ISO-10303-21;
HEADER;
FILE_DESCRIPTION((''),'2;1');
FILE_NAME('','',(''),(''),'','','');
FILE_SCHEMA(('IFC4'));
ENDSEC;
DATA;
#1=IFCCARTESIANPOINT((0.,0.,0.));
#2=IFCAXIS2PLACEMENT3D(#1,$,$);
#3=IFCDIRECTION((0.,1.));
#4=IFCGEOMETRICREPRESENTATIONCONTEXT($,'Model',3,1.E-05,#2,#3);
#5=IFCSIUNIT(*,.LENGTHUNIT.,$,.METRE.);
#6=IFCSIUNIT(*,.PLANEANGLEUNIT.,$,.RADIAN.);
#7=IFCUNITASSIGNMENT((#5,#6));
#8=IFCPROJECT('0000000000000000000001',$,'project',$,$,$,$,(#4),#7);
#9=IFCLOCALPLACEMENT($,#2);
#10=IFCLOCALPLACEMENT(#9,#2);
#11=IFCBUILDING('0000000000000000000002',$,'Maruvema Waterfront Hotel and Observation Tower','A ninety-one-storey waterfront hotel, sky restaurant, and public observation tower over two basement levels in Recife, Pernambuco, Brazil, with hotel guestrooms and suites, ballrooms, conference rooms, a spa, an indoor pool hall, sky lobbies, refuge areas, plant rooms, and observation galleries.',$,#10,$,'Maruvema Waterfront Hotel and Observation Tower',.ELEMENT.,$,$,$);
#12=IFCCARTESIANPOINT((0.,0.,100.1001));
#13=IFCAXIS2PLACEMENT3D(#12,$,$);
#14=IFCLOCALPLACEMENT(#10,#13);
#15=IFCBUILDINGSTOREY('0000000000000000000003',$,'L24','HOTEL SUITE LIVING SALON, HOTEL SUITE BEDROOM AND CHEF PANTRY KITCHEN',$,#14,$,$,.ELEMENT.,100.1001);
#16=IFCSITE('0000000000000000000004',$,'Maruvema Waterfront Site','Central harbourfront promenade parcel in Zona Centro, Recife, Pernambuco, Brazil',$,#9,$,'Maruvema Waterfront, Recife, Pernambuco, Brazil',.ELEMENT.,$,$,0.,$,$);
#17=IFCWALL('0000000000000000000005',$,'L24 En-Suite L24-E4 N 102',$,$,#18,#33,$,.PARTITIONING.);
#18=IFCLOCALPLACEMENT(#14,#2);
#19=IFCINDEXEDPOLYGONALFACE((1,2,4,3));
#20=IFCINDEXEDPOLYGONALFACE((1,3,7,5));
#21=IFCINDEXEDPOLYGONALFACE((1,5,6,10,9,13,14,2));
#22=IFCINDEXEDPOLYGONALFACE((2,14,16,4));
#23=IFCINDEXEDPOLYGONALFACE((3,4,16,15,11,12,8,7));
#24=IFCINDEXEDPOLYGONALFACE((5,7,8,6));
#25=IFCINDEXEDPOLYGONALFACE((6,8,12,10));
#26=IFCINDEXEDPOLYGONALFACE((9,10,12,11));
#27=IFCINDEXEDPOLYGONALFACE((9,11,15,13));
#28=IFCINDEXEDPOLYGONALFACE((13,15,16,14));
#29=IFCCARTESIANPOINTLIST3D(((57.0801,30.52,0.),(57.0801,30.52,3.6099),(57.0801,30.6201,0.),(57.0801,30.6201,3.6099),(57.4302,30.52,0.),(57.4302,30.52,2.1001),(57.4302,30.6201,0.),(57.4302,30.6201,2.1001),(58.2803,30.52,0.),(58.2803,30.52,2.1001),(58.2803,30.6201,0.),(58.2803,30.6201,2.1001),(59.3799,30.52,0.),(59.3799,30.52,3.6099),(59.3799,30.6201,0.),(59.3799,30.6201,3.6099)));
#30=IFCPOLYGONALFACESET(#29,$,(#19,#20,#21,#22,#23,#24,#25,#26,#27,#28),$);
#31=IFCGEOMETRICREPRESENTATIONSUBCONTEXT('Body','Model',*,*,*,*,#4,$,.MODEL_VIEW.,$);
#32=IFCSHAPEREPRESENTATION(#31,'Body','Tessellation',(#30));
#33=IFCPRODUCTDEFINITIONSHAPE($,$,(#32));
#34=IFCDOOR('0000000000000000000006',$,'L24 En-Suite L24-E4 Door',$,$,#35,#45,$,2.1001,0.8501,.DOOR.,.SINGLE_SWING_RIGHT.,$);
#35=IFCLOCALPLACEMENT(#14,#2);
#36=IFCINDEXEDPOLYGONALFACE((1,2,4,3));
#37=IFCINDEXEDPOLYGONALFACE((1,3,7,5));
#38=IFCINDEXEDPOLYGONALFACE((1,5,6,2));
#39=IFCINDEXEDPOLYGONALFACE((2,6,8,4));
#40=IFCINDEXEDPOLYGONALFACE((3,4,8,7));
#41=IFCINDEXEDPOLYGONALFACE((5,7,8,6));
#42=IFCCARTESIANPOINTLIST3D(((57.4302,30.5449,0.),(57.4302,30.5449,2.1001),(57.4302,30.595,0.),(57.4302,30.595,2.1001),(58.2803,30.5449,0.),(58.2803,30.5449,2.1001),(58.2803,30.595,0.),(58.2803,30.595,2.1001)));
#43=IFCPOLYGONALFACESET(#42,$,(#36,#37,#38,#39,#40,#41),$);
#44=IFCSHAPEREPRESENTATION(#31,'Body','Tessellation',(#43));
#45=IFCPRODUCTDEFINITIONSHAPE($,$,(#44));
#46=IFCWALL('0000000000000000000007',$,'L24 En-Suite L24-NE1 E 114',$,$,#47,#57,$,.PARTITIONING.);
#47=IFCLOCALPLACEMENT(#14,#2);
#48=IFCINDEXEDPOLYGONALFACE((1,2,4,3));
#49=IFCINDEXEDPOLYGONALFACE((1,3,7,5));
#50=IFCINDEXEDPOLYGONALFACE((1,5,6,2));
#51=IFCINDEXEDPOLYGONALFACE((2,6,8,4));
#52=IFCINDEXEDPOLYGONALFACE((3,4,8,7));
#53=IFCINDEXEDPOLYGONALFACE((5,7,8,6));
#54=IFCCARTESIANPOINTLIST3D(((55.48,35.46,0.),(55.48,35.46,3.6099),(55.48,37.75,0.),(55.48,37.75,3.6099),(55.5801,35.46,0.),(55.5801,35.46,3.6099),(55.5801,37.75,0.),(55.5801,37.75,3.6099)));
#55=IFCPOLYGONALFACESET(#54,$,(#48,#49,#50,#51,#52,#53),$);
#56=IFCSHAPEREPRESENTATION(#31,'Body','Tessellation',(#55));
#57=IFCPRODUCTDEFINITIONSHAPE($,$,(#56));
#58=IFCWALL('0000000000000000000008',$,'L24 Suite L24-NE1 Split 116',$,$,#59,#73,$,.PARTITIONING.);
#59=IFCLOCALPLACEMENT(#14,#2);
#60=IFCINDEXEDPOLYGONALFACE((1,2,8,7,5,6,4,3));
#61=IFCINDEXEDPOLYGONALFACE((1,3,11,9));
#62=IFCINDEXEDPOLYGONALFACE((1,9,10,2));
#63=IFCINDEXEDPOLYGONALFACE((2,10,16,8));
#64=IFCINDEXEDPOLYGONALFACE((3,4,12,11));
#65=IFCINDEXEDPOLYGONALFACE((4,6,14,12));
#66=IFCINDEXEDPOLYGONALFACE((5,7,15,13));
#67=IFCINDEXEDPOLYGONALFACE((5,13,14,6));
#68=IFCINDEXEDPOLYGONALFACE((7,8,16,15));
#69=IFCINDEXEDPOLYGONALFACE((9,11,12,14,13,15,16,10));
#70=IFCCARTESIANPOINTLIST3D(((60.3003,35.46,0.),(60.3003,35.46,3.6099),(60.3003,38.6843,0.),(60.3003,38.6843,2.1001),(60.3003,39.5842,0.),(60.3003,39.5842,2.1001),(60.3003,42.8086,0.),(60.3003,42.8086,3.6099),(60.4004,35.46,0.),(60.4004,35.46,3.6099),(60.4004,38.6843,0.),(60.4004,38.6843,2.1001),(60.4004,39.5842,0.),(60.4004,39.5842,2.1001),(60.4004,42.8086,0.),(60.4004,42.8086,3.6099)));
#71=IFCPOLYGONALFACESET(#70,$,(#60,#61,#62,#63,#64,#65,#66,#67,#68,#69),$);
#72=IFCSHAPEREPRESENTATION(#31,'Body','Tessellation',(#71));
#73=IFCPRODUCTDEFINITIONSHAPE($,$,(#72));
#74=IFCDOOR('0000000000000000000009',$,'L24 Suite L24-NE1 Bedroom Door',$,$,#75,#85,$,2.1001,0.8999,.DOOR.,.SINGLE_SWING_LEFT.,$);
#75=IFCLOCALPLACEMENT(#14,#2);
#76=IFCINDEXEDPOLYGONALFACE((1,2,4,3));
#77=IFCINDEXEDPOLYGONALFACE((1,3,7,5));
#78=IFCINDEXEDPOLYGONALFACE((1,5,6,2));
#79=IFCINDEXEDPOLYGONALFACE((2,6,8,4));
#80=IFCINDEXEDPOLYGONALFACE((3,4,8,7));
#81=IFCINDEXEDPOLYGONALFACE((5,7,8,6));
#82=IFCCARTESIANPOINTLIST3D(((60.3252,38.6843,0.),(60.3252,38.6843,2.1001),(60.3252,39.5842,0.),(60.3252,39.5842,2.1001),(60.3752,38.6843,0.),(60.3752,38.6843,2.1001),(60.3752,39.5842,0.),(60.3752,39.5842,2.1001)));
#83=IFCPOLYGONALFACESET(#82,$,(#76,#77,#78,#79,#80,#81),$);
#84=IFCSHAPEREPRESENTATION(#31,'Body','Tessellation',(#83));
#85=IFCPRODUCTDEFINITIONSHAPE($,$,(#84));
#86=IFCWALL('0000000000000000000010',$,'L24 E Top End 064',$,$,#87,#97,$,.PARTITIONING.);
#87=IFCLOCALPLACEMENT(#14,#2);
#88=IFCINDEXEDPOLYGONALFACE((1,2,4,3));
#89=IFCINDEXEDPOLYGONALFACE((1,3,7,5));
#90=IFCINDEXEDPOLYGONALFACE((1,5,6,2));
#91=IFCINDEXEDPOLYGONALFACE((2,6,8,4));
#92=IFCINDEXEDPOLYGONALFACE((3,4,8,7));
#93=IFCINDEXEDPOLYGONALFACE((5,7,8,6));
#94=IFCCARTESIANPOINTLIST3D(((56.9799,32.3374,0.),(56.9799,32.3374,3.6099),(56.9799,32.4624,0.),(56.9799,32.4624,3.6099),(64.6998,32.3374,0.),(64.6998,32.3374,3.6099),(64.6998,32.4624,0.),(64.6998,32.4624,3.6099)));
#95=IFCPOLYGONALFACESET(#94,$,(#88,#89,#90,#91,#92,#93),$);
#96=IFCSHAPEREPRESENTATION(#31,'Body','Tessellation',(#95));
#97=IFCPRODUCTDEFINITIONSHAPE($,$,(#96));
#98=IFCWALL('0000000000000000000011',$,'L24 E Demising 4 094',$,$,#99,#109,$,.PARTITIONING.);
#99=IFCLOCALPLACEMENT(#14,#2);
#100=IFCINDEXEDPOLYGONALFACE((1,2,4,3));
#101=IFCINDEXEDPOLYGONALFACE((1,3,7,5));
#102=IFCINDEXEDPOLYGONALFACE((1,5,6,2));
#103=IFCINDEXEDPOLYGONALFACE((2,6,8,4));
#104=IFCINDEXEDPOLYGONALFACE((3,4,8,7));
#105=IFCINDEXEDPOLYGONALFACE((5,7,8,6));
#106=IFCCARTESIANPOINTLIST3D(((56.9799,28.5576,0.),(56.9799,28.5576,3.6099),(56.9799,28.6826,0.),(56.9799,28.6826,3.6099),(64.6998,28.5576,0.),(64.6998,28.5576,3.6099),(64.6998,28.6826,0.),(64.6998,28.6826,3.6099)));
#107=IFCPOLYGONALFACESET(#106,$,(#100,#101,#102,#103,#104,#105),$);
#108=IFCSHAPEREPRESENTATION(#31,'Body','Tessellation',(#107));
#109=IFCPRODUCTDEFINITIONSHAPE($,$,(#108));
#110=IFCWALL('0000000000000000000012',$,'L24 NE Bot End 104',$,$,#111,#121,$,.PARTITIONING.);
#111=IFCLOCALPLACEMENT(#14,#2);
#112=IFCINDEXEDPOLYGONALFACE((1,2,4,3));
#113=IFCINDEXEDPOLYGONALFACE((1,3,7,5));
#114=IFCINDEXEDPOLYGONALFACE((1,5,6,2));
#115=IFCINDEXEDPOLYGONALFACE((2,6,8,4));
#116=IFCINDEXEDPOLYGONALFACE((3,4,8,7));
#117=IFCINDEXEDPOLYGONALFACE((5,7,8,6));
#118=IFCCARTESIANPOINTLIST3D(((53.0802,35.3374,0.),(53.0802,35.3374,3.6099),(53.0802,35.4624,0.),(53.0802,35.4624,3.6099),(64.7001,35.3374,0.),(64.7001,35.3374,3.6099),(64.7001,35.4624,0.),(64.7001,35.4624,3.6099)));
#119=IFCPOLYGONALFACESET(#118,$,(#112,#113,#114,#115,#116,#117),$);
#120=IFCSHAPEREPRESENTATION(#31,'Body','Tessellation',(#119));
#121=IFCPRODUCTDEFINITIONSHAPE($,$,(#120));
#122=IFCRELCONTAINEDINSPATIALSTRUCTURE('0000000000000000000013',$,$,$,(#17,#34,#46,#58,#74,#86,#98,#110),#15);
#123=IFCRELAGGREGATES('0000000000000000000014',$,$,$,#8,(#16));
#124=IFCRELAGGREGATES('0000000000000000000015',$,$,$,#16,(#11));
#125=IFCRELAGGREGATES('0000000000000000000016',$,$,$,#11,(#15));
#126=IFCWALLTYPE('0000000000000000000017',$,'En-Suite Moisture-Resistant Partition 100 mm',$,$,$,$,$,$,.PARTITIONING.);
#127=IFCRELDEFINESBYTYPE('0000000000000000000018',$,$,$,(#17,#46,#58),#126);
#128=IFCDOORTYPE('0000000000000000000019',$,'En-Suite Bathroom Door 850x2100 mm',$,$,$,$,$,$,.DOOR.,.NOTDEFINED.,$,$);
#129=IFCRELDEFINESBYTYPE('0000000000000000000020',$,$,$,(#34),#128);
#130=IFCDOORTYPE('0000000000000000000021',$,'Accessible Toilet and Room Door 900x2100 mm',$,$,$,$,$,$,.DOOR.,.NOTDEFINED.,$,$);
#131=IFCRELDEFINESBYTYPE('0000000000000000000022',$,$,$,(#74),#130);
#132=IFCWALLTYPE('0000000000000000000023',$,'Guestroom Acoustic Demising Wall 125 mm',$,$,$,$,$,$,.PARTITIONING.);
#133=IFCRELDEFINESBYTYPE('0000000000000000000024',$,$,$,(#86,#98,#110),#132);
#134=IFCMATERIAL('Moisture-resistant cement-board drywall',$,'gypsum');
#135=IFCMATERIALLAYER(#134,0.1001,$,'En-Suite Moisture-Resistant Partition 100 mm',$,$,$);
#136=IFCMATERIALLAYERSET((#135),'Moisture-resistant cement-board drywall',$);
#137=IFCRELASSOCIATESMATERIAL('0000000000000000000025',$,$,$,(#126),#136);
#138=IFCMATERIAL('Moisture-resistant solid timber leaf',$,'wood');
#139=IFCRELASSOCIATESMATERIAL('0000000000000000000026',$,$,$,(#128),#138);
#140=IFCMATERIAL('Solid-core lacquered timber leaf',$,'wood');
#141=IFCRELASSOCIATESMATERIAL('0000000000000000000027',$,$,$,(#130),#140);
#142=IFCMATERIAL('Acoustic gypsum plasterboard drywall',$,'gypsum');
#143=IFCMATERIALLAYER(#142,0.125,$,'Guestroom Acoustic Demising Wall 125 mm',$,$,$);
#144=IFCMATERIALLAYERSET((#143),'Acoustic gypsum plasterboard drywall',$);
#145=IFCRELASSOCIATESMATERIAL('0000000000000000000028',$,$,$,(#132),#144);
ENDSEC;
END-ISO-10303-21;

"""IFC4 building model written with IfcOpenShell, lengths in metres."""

from ifc_helpers import new_model, si_unit, direction, frame, frame_2d, origin, place, context, subcontext, project, spatial, rectangle, extrude, material, layer, layer_set, type_object, element, fill, save


model = new_model("IFC4")

# Units and contexts
model_context = context("Model", 3, precision=1e-05, world=origin(), true_north=direction((0.0, 1.0)))
body_context = subcontext(model_context, "Body", "Model", "MODEL_VIEW")
ifc_project = project(units=[si_unit("LENGTHUNIT", "METRE"), si_unit("PLANEANGLEUNIT", "RADIAN")], contexts=[model_context])

# Site, building, storey
site_placement = place(None, origin())
site = spatial("IfcSite", under=ifc_project, at=site_placement, Name="Maruvema Waterfront Site", Description="Central harbourfront promenade parcel in Zona Centro, Recife, Pernambuco, Brazil", LongName="Maruvema Waterfront, Recife, Pernambuco, Brazil", CompositionType="ELEMENT", RefElevation=0.0)
building_placement = place(site_placement, origin())
building = spatial("IfcBuilding", under=site, at=building_placement, Name="Maruvema Waterfront Hotel and Observation Tower", Description="A ninety-one-storey waterfront hotel, sky restaurant, and public observation tower over two basement levels in Recife, Pernambuco, Brazil, with hotel guestrooms and suites, ballrooms, conference rooms, a spa, an indoor pool hall, sky lobbies, refuge areas, plant rooms, and observation galleries.", LongName="Maruvema Waterfront Hotel and Observation Tower", CompositionType="ELEMENT")
storey_placement = place(building_placement, frame((0.0, 0.0, 100.1001)))
storey = spatial("IfcBuildingStorey", under=building, at=storey_placement, Name="L24", Description="HOTEL SUITE LIVING SALON, HOTEL SUITE BEDROOM AND CHEF PANTRY KITCHEN", CompositionType="ELEMENT", Elevation=100.1001)

# Shared definitions
ifc_material_1 = material(Name="Moisture-resistant cement-board drywall", Category="gypsum")
ifc_layer_1 = layer(ifc_material_1, 0.1001, Name="En-Suite Moisture-Resistant Partition 100 mm")
ifc_layer_set_1 = layer_set([ifc_layer_1], Name="Moisture-resistant cement-board drywall")
wall_type_1 = type_object("IfcWallType", Name="En-Suite Moisture-Resistant Partition 100 mm", PredefinedType="PARTITIONING", material=ifc_layer_set_1)

# Wall, opening, door
wall_1_placement = place(storey_placement, frame((57.0801, 30.5701, 0.0), z_axis=(0.0, 0.0, 1.0), x_axis=(1.0, 0.0, 0.0)))
wall_1 = element("IfcWall", 1, at=wall_1_placement, inside=storey, type_object=wall_type_1, Name="L24 En-Suite L24-E4 N 102", PredefinedType="PARTITIONING", context=body_context, shape_type="SweptSolid", body=[
    extrude(rectangle(XDim=2.2998, YDim=0.1001, at=frame_2d((1.1499, 0.0))), origin(), (0.0, 0.0, 1.0), 3.6099),
])
opening_1_placement = place(wall_1_placement, frame((0.3501, 0.0, 0.0)))
opening_1 = element("IfcOpeningElement", 2, at=opening_1_placement, cuts=wall_1, PredefinedType="OPENING", context=body_context, shape_type="SweptSolid", body=[
    extrude(rectangle(XDim=0.8501, YDim=2.1001, at=frame_2d((0.425, 1.05))), frame((0.0, 0.0601, 0.0), z_axis=(0.0, -1.0, 0.0), x_axis=(1.0, 0.0, 0.0)), (0.0, 0.0, 1.0), 0.1201),
])
ifc_material_2 = material(Name="Moisture-resistant solid timber leaf", Category="wood")
door_type_1 = type_object("IfcDoorType", Name="En-Suite Bathroom Door 850x2100 mm", OperationType="NOTDEFINED", PredefinedType="DOOR", material=ifc_material_2)
door_1_placement = place(opening_1_placement, origin())
door_1 = element("IfcDoor", 3, at=door_1_placement, inside=storey, type_object=door_type_1, Name="L24 En-Suite L24-E4 Door", OperationType="SINGLE_SWING_RIGHT", OverallHeight=2.1001, OverallWidth=0.8501, PredefinedType="DOOR", context=body_context, shape_type="SweptSolid", body=[
    extrude(rectangle(XDim=0.8501, YDim=2.1001, at=frame_2d((0.425, 1.05))), frame((0.0, 0.0249, 0.0), z_axis=(0.0, -1.0, 0.0), x_axis=(1.0, 0.0, 0.0)), (0.0, 0.0, 1.0), 0.05),
])
fill(opening_1, door_1)

# Wall
wall_2_placement = place(storey_placement, frame((55.53, 35.46, 0.0), z_axis=(0.0, 0.0, 1.0), x_axis=(0.0, 1.0, 0.0)))
element("IfcWall", 4, at=wall_2_placement, inside=storey, type_object=wall_type_1, Name="L24 En-Suite L24-NE1 E 114", PredefinedType="PARTITIONING", context=body_context, shape_type="SweptSolid", body=[
    extrude(rectangle(XDim=2.29, YDim=0.1001, at=frame_2d((1.145, 0.0))), origin(), (0.0, 0.0, 1.0), 3.6099),
])

# Wall, opening, door
wall_3_placement = place(storey_placement, frame((60.3503, 35.46, 0.0), z_axis=(0.0, 0.0, 1.0), x_axis=(0.0, 1.0, 0.0)))
wall_3 = element("IfcWall", 5, at=wall_3_placement, inside=storey, type_object=wall_type_1, Name="L24 Suite L24-NE1 Split 116", PredefinedType="PARTITIONING", context=body_context, shape_type="SweptSolid", body=[
    extrude(rectangle(XDim=7.3486, YDim=0.1001, at=frame_2d((3.6743, 0.0))), origin(), (0.0, 0.0, 1.0), 3.6099),
])
opening_2_placement = place(wall_3_placement, frame((3.2244, 0.0, 0.0)))
opening_2 = element("IfcOpeningElement", 6, at=opening_2_placement, cuts=wall_3, PredefinedType="OPENING", context=body_context, shape_type="SweptSolid", body=[
    extrude(rectangle(XDim=0.8999, YDim=2.1001, at=frame_2d((0.45, 1.05))), frame((0.0, 0.0601, 0.0), z_axis=(0.0, -1.0, 0.0), x_axis=(1.0, 0.0, 0.0)), (0.0, 0.0, 1.0), 0.1201),
])
ifc_material_3 = material(Name="Solid-core lacquered timber leaf", Category="wood")
door_type_2 = type_object("IfcDoorType", Name="Accessible Toilet and Room Door 900x2100 mm", OperationType="NOTDEFINED", PredefinedType="DOOR", material=ifc_material_3)
door_2_placement = place(opening_2_placement, frame((0.8999, 0.0, 0.0), z_axis=(0.0, 0.0, 1.0), x_axis=(-1.0, 0.0, 0.0)))
door_2 = element("IfcDoor", 7, at=door_2_placement, inside=storey, type_object=door_type_2, Name="L24 Suite L24-NE1 Bedroom Door", OperationType="SINGLE_SWING_LEFT", OverallHeight=2.1001, OverallWidth=0.8999, PredefinedType="DOOR", context=body_context, shape_type="SweptSolid", body=[
    extrude(rectangle(XDim=0.8999, YDim=2.1001, at=frame_2d((0.45, 1.05))), frame((0.0, 0.0249, 0.0), z_axis=(0.0, -1.0, 0.0), x_axis=(1.0, 0.0, 0.0)), (0.0, 0.0, 1.0), 0.05),
])
fill(opening_2, door_2)

# Walls
ifc_material_4 = material(Name="Acoustic gypsum plasterboard drywall", Category="gypsum")
ifc_layer_2 = layer(ifc_material_4, 0.125, Name="Guestroom Acoustic Demising Wall 125 mm")
ifc_layer_set_2 = layer_set([ifc_layer_2], Name="Acoustic gypsum plasterboard drywall")
wall_type_2 = type_object("IfcWallType", Name="Guestroom Acoustic Demising Wall 125 mm", PredefinedType="PARTITIONING", material=ifc_layer_set_2)
for number, where, z_axis, x_axis, name in (
    (8, (56.98, 32.3999, 0.0), (0.0, 0.0, 1.0), (1.0, 0.0, 0.0), "L24 E Top End 064"),
    (9, (56.98, 28.6201, 0.0), (0.0, 0.0, 1.0), (1.0, 0.0, 0.0), "L24 E Demising 4 094"),
):
    element("IfcWall", number, at=place(storey_placement, frame(where, z_axis=z_axis, x_axis=x_axis)), inside=storey, type_object=wall_type_2, Name=name, PredefinedType="PARTITIONING", context=body_context, shape_type="SweptSolid", body=[
        extrude(rectangle(XDim=7.72, YDim=0.125, at=frame_2d((3.8599, 0.0))), origin(), (0.0, 0.0, 1.0), 3.6099),
    ])
wall_4_placement = place(storey_placement, frame((53.0801, 35.3999, 0.0), z_axis=(0.0, 0.0, 1.0), x_axis=(1.0, 0.0, 0.0)))
element("IfcWall", 10, at=wall_4_placement, inside=storey, type_object=wall_type_2, Name="L24 NE Bot End 104", PredefinedType="PARTITIONING", context=body_context, shape_type="SweptSolid", body=[
    extrude(rectangle(XDim=11.6199, YDim=0.125, at=frame_2d((5.8101, 0.0))), origin(), (0.0, 0.0, 1.0), 3.6099),
])

save(model, "model.ifc")
